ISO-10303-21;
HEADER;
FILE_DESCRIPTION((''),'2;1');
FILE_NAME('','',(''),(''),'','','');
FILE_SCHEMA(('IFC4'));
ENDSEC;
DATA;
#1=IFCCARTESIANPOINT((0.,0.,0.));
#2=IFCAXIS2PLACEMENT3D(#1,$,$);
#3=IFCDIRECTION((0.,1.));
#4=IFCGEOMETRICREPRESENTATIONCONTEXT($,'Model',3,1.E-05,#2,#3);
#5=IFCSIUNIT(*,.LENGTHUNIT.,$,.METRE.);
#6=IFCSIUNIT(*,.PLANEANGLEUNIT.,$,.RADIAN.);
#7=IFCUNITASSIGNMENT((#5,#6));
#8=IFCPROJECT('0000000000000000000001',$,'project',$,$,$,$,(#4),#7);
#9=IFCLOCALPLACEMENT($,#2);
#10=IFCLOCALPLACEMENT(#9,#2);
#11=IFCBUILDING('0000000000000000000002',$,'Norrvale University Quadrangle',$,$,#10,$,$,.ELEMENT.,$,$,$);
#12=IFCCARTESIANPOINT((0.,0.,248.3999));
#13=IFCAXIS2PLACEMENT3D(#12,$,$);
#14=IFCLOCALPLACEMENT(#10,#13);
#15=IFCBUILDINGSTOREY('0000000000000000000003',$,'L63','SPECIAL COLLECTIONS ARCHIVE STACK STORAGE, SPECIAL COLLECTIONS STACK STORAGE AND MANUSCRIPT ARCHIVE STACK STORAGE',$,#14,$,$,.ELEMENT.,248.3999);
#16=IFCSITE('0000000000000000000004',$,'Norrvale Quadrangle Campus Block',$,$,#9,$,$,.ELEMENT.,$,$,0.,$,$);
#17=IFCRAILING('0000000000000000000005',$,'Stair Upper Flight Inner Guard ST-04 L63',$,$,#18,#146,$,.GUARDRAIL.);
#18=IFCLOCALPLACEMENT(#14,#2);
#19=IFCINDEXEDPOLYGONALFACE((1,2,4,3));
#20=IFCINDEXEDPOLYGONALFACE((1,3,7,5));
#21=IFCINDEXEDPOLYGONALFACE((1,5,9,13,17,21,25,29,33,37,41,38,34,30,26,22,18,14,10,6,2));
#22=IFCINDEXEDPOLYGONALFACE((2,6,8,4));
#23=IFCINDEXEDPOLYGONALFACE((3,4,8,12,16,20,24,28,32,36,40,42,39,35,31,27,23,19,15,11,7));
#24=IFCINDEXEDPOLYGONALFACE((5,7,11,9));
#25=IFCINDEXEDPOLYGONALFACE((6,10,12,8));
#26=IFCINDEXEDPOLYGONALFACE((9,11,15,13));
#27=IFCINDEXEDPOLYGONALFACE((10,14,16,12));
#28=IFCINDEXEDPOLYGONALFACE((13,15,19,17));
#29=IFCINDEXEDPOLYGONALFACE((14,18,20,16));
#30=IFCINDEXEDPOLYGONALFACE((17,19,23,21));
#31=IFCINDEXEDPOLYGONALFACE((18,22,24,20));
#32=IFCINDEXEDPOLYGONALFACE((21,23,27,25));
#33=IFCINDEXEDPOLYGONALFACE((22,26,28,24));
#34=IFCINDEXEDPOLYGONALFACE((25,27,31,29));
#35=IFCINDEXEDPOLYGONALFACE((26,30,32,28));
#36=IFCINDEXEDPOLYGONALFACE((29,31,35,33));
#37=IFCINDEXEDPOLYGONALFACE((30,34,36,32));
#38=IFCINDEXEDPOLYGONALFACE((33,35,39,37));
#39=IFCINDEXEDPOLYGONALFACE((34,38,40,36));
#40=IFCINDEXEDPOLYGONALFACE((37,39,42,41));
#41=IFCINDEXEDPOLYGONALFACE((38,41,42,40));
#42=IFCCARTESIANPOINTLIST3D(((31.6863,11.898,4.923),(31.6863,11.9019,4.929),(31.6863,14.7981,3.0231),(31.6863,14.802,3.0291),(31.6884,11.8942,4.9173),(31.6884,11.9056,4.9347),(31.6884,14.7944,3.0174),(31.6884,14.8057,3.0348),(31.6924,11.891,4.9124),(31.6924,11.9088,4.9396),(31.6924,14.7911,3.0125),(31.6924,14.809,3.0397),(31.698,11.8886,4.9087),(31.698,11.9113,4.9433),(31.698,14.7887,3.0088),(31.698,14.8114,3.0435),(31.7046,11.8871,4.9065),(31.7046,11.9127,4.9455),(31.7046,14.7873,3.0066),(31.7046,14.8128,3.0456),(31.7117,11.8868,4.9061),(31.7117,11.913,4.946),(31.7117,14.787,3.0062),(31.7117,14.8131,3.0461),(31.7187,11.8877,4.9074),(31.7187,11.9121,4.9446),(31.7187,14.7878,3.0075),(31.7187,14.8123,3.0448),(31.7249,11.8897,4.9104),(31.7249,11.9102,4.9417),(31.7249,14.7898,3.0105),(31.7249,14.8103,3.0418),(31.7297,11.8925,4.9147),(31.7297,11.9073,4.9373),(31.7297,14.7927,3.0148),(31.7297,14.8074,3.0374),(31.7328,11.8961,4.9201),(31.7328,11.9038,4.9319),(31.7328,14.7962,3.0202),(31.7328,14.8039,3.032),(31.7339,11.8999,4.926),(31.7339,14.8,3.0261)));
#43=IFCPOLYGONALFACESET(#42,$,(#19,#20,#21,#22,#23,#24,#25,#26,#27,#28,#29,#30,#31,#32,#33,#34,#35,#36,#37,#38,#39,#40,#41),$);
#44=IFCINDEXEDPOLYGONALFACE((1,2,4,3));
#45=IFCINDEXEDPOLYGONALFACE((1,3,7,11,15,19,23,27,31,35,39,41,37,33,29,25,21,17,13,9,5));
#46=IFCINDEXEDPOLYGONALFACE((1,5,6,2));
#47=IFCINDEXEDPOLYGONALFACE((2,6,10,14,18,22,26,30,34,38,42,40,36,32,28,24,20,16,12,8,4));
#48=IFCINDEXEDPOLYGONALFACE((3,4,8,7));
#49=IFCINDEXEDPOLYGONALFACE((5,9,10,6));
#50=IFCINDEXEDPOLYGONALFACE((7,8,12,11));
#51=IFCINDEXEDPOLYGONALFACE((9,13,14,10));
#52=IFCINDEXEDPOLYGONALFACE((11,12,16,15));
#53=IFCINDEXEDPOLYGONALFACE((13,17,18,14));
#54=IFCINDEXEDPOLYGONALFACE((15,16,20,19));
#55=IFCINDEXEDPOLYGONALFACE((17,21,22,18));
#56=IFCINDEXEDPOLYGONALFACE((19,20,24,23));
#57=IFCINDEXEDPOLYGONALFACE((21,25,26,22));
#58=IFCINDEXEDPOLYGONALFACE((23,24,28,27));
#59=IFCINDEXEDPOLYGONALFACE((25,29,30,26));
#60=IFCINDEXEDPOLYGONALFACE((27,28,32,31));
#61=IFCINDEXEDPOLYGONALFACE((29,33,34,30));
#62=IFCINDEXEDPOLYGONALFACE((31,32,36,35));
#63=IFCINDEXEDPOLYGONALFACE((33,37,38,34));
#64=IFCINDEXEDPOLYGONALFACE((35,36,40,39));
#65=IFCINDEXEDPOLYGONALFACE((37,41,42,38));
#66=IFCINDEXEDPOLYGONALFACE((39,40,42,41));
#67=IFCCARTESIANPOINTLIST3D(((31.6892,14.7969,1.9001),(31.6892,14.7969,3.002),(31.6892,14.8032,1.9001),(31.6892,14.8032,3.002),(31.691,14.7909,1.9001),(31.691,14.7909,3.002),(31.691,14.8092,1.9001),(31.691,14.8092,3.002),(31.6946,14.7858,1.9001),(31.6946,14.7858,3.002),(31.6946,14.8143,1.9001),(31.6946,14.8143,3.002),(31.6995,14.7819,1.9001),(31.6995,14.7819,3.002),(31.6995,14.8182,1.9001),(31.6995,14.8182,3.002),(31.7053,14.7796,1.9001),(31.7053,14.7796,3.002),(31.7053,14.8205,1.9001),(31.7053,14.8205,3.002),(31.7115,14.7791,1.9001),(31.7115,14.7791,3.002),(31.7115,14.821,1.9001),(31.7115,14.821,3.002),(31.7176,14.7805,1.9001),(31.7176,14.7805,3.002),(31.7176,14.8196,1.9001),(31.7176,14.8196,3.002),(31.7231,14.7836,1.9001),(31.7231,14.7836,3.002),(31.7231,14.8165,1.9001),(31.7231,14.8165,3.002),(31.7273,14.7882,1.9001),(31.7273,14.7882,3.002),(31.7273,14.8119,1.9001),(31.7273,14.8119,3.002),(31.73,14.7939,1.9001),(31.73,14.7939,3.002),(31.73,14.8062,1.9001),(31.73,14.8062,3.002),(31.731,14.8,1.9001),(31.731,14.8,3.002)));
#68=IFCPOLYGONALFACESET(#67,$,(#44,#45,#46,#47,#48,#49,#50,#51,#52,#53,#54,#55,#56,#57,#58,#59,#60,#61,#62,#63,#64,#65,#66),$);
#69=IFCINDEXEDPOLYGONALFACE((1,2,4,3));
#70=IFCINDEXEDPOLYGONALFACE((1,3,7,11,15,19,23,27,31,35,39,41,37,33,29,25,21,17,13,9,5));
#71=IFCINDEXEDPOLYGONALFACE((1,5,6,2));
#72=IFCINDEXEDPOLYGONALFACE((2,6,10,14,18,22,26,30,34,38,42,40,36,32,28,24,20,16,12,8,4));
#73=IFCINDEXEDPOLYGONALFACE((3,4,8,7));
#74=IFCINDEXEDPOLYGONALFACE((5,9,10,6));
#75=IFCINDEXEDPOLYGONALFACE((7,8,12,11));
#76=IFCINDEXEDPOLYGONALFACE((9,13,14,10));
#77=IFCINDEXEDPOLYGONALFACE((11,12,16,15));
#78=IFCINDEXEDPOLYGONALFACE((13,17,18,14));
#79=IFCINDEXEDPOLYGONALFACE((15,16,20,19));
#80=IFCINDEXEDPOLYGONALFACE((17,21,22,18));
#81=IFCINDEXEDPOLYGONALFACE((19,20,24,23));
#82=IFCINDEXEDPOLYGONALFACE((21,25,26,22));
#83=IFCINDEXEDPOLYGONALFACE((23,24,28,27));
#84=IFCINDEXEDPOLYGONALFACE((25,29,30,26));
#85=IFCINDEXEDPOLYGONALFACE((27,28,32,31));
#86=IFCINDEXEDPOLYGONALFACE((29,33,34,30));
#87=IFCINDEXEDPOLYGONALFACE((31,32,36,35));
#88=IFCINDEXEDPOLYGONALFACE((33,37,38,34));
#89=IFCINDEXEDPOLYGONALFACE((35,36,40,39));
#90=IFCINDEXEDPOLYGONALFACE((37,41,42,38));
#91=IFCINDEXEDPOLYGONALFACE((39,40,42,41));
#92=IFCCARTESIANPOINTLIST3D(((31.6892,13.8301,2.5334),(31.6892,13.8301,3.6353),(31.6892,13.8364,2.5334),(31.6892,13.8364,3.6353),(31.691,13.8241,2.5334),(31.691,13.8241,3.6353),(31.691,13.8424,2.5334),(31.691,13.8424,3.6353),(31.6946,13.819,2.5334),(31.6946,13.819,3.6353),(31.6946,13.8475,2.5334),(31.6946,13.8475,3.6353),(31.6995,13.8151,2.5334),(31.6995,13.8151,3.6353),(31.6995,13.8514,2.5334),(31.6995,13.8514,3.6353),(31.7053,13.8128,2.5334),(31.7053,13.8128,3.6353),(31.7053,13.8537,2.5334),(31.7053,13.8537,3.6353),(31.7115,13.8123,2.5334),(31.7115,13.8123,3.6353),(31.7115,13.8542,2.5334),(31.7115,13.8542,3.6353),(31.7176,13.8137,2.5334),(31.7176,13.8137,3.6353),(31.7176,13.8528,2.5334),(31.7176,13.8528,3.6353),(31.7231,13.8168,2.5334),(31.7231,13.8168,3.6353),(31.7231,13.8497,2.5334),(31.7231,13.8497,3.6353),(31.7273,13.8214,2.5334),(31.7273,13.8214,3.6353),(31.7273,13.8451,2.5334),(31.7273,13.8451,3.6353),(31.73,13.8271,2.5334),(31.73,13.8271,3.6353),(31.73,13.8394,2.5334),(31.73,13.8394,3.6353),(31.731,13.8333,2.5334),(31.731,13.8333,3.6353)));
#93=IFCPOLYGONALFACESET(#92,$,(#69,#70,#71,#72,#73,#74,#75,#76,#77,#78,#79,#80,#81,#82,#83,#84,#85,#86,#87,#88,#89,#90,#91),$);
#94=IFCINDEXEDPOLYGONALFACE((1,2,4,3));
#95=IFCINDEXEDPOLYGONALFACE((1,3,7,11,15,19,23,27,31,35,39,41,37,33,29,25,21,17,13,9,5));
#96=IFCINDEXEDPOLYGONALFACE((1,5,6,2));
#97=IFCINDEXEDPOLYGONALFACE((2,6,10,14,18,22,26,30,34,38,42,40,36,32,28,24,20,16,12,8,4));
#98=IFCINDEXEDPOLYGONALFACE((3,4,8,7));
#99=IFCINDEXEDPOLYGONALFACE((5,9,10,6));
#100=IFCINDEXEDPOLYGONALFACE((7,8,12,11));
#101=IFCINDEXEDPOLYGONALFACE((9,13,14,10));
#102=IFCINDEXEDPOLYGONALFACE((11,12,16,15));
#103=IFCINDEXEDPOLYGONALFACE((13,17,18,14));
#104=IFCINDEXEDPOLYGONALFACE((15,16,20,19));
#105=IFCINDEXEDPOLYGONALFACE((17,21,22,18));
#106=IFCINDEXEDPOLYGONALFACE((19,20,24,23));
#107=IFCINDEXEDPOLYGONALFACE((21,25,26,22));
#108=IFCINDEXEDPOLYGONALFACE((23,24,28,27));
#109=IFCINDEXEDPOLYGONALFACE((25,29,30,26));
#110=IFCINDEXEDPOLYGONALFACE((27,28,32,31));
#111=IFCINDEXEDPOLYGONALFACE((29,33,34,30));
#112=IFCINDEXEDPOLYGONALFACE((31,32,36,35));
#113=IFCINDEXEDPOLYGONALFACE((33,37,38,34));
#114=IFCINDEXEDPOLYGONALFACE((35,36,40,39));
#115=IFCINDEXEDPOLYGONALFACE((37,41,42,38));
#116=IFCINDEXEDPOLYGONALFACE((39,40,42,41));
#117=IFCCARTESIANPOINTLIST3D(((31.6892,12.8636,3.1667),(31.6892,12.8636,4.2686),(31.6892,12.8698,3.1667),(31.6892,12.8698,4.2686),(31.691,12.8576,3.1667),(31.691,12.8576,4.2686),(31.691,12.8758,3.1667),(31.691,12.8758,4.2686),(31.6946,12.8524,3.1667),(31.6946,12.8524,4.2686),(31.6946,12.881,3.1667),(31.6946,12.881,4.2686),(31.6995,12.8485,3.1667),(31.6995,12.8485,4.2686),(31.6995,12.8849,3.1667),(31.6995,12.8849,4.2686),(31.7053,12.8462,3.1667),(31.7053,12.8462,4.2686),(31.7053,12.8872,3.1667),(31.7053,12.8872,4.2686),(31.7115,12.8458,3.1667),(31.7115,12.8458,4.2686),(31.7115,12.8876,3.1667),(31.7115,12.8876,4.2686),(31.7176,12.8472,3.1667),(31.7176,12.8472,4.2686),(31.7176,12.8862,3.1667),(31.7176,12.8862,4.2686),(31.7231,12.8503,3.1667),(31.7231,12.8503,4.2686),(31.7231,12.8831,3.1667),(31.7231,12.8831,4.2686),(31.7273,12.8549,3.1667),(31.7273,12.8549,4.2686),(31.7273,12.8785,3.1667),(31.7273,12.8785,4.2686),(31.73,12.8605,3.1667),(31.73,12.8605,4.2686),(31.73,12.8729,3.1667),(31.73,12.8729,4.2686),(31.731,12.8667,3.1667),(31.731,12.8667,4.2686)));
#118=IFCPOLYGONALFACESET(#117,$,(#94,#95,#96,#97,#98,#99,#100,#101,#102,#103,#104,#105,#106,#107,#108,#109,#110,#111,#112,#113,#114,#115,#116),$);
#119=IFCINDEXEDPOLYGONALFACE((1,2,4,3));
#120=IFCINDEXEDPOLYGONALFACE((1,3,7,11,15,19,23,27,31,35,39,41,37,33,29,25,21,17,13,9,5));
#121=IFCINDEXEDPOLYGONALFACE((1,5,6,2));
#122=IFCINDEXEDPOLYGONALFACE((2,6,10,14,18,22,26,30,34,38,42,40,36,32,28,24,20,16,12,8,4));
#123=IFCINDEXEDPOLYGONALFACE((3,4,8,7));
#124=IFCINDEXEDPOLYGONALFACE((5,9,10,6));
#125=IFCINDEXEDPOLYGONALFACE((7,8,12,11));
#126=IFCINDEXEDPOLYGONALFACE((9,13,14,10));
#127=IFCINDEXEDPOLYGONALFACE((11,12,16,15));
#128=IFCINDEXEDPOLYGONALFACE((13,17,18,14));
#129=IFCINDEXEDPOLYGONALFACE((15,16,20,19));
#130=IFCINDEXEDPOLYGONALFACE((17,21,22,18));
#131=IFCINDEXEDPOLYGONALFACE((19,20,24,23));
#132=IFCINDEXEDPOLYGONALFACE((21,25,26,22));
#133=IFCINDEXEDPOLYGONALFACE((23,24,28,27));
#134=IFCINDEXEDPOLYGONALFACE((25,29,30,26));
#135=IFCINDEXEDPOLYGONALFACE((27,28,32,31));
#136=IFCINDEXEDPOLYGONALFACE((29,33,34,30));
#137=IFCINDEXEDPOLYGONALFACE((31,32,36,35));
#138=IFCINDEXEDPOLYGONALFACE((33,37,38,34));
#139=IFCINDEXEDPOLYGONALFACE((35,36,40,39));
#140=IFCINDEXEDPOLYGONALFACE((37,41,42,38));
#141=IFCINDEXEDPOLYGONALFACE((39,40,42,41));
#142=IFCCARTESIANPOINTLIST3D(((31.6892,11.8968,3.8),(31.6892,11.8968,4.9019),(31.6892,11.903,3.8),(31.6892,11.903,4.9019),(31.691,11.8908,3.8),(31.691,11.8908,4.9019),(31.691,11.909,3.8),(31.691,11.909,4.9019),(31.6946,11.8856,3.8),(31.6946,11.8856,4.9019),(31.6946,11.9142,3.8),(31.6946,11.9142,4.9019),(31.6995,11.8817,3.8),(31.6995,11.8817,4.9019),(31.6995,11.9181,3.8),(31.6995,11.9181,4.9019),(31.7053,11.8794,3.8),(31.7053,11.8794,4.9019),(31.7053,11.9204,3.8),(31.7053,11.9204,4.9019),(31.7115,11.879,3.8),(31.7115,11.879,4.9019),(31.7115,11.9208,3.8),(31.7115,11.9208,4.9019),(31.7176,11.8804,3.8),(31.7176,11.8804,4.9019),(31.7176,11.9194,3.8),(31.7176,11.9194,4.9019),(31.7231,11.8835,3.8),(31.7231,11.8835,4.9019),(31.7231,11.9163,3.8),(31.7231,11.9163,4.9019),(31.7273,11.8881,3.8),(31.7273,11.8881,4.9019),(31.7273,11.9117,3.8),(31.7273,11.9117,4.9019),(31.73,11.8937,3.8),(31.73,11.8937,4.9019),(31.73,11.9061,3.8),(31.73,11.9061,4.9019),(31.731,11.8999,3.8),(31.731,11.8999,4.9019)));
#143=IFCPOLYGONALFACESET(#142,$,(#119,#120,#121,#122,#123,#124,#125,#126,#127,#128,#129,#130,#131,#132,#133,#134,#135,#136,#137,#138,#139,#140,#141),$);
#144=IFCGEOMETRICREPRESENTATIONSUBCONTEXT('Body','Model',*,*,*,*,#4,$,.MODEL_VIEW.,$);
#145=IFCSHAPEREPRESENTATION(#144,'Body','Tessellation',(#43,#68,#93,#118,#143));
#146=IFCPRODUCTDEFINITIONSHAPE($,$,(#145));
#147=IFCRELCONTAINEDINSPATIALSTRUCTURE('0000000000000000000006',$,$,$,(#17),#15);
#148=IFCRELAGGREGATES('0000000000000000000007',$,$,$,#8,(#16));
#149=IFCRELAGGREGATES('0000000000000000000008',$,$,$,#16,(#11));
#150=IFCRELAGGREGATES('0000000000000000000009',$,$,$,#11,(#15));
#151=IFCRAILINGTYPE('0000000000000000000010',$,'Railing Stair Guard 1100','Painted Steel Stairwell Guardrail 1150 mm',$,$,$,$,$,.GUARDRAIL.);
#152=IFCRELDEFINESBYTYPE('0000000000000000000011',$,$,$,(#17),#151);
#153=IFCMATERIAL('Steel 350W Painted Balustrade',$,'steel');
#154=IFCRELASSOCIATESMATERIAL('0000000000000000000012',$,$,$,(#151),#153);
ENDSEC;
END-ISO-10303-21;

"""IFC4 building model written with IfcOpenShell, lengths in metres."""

from ifc_helpers import new_model, si_unit, direction, frame, origin, origin_2d, place, context, subcontext, project, spatial, circle, extrude, material, type_object, element, save


model = new_model("IFC4")

# Units and contexts
model_context = context("Model", 3, precision=1e-05, world=origin(), true_north=direction((0.0, 1.0)))
body_context = subcontext(model_context, "Body", "Model", "MODEL_VIEW")
ifc_project = project(units=[si_unit("LENGTHUNIT", "METRE"), si_unit("PLANEANGLEUNIT", "RADIAN")], contexts=[model_context])

# Site, building, storey
site_placement = place(None, origin())
site = spatial("IfcSite", under=ifc_project, at=site_placement, Name="Norrvale Quadrangle Campus Block", CompositionType="ELEMENT", RefElevation=0.0)
building_placement = place(site_placement, origin())
building = spatial("IfcBuilding", under=site, at=building_placement, Name="Norrvale University Quadrangle", CompositionType="ELEMENT")
storey_placement = place(building_placement, frame((0.0, 0.0, 248.3999)))
storey = spatial("IfcBuildingStorey", under=building, at=storey_placement, Name="L63", Description="SPECIAL COLLECTIONS ARCHIVE STACK STORAGE, SPECIAL COLLECTIONS STACK STORAGE AND MANUSCRIPT ARCHIVE STACK STORAGE", CompositionType="ELEMENT", Elevation=248.3999)

# Railing
ifc_material_1 = material(Name="Steel 350W Painted Balustrade", Category="steel")
railing_type_1 = type_object("IfcRailingType", Name="Railing Stair Guard 1100", Description="Painted Steel Stairwell Guardrail 1150 mm", PredefinedType="GUARDRAIL", material=ifc_material_1)
railing_1_placement = place(storey_placement, frame((31.71, 14.8, 1.9001)))
element("IfcRailing", 1, at=railing_1_placement, inside=storey, type_object=railing_type_1, Name="Stair Upper Flight Inner Guard ST-04 L63", PredefinedType="GUARDRAIL", context=body_context, shape_type="SweptSolid", body=[
    extrude(circle(Radius=0.0239, at=origin_2d()), frame((0.0, 0.0, 1.126), z_axis=(0.0, -0.836487, 0.547987), x_axis=(1.0, 0.0, 0.0)), (0.0, 0.0, 1.0), 3.467),
    extrude(circle(Radius=0.021, at=origin_2d()), origin(), (0.0, 0.0, 1.0), 1.1018),
    extrude(circle(Radius=0.021, at=origin_2d()), frame((0.0, -0.9668, 0.6333)), (0.0, 0.0, 1.0), 1.1018),
    extrude(circle(Radius=0.021, at=origin_2d()), frame((0.0, -1.9333, 1.2666)), (0.0, 0.0, 1.0), 1.1018),
    extrude(circle(Radius=0.021, at=origin_2d()), frame((0.0, -2.9001, 1.8999)), (0.0, 0.0, 1.0), 1.1018),
])

save(model, "model.ifc")
